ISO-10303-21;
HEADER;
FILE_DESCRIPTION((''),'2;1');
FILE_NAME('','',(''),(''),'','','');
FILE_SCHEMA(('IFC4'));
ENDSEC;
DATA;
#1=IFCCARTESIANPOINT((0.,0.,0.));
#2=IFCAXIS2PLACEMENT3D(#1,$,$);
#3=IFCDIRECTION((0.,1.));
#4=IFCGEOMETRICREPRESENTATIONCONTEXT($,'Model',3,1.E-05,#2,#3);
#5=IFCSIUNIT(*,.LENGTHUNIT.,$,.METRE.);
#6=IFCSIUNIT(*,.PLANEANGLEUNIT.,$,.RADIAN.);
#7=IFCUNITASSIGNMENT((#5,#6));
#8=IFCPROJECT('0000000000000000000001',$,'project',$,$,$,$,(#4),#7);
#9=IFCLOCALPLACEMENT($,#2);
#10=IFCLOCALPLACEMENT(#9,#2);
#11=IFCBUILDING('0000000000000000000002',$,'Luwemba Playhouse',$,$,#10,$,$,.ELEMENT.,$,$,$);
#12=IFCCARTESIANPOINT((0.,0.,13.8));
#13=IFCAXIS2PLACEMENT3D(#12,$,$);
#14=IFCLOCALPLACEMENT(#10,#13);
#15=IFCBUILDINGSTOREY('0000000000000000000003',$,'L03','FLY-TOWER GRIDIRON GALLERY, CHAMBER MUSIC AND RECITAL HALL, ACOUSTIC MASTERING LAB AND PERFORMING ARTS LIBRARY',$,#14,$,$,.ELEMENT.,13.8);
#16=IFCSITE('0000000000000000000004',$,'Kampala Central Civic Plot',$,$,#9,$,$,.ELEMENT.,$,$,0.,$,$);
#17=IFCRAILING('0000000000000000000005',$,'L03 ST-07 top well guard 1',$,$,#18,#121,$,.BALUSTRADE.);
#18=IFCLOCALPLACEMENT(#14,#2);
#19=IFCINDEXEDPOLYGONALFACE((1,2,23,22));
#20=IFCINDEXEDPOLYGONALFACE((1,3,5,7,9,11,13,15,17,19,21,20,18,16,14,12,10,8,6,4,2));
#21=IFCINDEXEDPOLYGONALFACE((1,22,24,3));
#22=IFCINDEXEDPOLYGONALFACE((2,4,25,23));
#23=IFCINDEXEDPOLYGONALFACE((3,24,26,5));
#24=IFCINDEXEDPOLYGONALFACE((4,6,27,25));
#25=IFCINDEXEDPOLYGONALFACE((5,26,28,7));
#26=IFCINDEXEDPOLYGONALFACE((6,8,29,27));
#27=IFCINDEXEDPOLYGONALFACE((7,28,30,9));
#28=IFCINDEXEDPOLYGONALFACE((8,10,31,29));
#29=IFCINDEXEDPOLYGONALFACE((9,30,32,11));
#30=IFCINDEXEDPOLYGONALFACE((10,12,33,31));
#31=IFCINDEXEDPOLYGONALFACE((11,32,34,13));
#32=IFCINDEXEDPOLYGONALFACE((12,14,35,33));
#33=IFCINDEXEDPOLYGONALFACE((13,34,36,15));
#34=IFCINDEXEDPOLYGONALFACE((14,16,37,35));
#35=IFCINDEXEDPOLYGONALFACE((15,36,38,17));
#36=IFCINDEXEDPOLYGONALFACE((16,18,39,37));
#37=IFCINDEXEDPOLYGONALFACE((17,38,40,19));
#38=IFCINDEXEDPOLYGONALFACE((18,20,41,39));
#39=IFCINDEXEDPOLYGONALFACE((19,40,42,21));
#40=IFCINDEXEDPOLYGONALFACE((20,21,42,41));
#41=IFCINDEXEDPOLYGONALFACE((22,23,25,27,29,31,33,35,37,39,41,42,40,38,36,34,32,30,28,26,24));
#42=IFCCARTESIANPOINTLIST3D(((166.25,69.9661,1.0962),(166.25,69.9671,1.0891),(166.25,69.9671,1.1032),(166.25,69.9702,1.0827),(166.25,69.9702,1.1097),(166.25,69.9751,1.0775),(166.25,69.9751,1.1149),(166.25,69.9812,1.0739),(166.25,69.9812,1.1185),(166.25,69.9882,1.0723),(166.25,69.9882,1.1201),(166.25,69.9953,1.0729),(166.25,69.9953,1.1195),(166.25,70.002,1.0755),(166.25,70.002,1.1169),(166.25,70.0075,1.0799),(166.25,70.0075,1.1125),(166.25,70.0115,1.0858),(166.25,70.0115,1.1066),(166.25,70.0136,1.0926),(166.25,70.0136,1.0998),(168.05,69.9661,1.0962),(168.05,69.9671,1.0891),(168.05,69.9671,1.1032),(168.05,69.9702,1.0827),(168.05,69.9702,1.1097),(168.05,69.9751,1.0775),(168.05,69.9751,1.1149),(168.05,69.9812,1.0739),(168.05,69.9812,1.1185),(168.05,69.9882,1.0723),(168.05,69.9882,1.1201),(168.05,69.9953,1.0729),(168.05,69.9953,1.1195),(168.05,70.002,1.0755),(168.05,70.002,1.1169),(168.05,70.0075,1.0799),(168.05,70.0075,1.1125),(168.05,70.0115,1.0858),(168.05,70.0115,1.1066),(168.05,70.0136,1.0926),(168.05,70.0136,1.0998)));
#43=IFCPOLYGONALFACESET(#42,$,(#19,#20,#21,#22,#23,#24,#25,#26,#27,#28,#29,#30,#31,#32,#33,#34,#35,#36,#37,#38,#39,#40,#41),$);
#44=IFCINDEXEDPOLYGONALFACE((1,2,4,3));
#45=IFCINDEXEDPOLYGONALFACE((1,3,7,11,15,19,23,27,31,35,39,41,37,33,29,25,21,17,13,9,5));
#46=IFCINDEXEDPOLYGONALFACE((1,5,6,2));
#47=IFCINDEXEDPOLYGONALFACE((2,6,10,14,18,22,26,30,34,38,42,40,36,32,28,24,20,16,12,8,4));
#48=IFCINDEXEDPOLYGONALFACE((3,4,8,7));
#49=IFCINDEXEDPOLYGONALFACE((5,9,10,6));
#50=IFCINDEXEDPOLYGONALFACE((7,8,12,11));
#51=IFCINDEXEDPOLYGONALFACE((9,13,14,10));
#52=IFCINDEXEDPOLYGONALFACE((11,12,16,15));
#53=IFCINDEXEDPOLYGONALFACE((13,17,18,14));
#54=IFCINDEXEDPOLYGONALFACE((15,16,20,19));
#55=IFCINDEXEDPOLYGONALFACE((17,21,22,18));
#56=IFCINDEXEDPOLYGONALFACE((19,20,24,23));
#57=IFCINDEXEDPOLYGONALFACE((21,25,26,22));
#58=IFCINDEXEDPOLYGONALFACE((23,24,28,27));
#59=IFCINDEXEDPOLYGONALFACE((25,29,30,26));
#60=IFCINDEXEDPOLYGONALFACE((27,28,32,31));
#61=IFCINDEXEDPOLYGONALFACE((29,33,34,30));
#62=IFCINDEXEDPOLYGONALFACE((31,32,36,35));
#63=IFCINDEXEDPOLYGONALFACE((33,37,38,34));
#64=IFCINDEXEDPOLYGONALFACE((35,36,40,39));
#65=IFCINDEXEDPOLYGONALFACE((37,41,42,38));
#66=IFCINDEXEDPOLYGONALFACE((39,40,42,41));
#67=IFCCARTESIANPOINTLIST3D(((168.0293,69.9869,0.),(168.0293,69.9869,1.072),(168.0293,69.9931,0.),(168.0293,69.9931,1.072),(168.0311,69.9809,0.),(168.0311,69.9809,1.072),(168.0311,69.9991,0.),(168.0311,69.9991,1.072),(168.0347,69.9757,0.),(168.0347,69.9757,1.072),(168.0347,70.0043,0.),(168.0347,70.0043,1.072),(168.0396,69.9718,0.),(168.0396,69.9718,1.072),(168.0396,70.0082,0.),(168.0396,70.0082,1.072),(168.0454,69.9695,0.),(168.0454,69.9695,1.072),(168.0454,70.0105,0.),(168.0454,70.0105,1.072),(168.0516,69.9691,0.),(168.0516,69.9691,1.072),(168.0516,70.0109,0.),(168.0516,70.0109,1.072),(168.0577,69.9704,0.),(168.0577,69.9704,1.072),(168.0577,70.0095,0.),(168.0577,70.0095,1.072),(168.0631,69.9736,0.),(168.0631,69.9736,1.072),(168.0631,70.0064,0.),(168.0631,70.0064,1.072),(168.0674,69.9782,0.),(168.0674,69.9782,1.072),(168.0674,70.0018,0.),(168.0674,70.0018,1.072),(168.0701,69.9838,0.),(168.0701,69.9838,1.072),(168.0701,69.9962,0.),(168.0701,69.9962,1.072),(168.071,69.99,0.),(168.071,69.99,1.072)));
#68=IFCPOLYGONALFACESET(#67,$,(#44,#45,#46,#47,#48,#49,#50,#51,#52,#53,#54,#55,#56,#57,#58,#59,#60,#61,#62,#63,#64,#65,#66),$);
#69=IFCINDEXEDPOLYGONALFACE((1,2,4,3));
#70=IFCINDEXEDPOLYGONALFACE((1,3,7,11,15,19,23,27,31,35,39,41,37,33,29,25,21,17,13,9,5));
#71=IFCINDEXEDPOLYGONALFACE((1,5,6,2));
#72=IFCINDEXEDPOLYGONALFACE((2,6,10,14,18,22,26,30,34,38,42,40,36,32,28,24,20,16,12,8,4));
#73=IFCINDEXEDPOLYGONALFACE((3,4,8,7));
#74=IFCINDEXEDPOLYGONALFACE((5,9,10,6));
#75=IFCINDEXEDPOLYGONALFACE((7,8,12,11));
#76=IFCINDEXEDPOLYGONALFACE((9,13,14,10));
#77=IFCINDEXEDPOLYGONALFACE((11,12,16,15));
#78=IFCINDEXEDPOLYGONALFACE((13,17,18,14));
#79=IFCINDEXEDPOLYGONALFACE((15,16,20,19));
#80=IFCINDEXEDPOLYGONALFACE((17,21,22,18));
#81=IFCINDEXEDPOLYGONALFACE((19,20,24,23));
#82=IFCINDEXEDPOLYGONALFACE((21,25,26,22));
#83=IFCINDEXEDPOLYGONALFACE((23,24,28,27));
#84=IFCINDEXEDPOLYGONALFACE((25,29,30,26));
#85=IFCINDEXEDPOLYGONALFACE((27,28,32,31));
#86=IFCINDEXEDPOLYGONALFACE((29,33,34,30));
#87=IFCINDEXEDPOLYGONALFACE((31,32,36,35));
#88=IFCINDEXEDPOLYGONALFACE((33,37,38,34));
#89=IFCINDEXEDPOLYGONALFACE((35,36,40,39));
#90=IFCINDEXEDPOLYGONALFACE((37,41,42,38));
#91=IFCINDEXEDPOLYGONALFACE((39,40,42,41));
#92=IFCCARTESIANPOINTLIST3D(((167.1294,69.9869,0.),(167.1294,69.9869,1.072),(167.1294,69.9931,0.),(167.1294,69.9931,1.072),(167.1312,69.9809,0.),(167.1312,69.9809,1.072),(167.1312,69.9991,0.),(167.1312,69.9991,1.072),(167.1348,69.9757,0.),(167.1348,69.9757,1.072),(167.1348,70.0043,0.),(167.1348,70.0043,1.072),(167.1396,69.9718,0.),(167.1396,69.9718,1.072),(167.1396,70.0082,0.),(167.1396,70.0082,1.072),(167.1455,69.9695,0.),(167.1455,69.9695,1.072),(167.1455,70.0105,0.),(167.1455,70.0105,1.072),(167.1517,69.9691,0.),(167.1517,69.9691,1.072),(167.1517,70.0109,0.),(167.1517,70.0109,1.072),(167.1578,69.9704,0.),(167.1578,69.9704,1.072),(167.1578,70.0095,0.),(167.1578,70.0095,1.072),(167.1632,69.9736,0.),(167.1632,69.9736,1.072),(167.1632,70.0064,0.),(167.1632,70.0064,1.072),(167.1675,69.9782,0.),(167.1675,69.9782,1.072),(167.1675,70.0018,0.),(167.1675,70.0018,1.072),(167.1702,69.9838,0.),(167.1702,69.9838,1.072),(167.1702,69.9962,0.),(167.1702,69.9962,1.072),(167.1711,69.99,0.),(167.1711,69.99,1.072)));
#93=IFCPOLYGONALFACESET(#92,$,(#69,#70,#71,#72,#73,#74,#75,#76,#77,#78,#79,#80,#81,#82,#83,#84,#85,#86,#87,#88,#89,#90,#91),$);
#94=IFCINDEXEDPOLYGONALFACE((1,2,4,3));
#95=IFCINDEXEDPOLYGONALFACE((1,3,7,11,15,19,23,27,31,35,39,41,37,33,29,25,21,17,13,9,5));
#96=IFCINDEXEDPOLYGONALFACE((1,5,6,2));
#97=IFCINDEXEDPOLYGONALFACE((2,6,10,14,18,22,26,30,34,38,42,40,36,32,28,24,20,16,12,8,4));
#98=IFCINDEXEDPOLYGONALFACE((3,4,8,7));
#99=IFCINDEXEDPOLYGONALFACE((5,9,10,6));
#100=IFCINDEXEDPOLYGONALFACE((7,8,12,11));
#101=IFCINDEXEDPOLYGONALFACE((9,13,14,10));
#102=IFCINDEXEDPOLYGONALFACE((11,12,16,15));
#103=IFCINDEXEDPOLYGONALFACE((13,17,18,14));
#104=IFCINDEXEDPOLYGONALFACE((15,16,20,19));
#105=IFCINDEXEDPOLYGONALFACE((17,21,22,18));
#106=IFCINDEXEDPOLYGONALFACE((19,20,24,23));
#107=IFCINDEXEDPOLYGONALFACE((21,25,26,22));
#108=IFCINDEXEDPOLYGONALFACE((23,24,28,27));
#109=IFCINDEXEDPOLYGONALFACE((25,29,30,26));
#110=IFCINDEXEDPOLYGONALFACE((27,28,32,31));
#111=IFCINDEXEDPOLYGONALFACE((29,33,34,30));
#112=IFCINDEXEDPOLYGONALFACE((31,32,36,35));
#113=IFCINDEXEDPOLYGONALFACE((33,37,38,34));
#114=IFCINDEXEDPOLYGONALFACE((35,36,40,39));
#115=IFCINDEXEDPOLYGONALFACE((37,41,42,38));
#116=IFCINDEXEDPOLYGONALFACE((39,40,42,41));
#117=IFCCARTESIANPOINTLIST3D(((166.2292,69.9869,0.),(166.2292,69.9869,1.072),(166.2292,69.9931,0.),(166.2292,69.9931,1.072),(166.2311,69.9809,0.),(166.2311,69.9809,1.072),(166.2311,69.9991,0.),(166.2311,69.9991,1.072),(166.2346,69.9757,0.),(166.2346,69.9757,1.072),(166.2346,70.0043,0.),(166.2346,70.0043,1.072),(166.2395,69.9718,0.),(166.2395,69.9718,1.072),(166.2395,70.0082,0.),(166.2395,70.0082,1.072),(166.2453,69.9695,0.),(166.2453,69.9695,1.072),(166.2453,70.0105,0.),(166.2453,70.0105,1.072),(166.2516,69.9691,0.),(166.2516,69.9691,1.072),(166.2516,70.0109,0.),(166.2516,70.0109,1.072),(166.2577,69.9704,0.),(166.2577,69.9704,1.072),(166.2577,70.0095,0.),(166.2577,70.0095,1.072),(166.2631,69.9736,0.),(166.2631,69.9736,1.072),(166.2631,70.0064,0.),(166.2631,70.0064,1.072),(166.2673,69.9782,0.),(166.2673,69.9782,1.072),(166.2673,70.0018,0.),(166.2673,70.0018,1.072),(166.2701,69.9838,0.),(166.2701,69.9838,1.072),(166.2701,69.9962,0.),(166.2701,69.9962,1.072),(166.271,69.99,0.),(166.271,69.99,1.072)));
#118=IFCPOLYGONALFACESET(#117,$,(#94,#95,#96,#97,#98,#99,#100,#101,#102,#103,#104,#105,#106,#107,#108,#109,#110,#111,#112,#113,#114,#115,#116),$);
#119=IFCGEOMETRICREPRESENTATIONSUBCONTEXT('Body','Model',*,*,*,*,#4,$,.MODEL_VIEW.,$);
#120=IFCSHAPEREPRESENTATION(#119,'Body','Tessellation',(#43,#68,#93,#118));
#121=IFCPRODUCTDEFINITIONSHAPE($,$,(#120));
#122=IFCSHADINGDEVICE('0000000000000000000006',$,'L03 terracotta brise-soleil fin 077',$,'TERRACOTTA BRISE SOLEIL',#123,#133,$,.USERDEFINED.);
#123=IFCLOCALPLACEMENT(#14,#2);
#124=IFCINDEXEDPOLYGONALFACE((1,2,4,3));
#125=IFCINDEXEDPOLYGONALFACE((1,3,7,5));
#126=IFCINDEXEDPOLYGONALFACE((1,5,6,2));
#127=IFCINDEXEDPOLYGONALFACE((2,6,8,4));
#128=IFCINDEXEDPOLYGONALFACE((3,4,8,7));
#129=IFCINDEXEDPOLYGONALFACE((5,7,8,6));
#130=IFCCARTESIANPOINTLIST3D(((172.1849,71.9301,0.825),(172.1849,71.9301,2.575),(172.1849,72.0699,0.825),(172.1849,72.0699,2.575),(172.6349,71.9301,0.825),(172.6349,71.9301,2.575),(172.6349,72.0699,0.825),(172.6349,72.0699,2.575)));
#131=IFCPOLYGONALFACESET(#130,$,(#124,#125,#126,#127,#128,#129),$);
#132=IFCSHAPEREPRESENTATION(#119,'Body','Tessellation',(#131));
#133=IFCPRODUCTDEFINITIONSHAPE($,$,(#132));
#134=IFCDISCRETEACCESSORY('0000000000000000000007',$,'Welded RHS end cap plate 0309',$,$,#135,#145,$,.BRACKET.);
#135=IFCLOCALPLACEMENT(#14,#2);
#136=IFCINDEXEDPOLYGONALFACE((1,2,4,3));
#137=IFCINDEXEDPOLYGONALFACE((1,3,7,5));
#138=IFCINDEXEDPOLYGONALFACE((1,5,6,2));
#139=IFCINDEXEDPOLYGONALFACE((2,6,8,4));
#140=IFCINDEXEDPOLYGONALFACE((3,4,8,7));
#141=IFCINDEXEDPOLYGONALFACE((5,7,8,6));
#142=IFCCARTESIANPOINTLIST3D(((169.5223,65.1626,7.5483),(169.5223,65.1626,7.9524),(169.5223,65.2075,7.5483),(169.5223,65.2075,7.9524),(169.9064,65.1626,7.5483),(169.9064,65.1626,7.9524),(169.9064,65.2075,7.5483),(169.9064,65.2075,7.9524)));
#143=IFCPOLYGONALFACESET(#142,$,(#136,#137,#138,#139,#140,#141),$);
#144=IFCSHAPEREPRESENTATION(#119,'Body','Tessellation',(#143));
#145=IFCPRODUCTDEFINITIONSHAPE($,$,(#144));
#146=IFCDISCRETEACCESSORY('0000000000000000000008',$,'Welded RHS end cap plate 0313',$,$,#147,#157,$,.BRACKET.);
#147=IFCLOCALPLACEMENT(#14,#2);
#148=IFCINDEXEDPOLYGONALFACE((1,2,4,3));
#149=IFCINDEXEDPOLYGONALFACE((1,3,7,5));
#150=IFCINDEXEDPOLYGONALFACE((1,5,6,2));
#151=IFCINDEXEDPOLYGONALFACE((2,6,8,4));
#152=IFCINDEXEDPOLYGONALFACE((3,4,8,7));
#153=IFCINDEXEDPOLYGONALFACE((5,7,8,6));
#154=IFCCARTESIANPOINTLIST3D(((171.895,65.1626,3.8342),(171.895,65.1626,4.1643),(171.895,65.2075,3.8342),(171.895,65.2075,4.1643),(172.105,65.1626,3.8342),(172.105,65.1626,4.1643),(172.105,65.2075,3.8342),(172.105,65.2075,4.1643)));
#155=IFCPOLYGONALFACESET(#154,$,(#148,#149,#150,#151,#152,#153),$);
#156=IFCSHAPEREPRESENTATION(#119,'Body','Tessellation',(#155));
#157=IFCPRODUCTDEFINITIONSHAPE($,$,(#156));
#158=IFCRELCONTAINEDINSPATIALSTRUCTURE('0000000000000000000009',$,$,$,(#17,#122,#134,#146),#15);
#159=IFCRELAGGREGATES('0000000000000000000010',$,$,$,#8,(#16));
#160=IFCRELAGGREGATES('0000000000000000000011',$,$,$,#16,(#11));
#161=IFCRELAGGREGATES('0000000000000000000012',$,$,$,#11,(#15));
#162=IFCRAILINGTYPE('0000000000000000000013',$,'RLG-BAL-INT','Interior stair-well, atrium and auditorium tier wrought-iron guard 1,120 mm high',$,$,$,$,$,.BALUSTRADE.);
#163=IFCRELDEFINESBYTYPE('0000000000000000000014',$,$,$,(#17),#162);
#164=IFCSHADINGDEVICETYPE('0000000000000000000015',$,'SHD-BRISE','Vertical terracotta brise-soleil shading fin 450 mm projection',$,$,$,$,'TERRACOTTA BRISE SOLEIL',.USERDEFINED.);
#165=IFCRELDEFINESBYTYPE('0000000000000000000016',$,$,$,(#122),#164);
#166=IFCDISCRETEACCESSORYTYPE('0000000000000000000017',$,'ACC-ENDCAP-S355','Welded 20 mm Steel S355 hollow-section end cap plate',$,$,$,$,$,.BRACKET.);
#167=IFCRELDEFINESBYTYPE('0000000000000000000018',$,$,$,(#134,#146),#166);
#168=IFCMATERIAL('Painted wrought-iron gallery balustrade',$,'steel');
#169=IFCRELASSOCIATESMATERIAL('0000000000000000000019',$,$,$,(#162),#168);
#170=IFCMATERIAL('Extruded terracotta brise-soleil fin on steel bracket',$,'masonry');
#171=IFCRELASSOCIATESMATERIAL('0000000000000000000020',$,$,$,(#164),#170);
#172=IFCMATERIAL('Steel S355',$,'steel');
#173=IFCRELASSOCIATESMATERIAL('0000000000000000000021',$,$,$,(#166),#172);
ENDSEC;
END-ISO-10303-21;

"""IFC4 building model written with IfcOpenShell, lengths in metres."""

from ifc_helpers import new_model, si_unit, direction, frame, origin, origin_2d, place, context, subcontext, project, spatial, rectangle, circle, extrude, material, type_object, element, save


model = new_model("IFC4")

# Units and contexts
model_context = context("Model", 3, precision=1e-05, world=origin(), true_north=direction((0.0, 1.0)))
body_context = subcontext(model_context, "Body", "Model", "MODEL_VIEW")
ifc_project = project(units=[si_unit("LENGTHUNIT", "METRE"), si_unit("PLANEANGLEUNIT", "RADIAN")], contexts=[model_context])

# Site, building, storey
site_placement = place(None, origin())
site = spatial("IfcSite", under=ifc_project, at=site_placement, Name="Kampala Central Civic Plot", CompositionType="ELEMENT", RefElevation=0.0)
building_placement = place(site_placement, origin())
building = spatial("IfcBuilding", under=site, at=building_placement, Name="Luwemba Playhouse", CompositionType="ELEMENT")
storey_placement = place(building_placement, frame((0.0, 0.0, 13.8)))
storey = spatial("IfcBuildingStorey", under=building, at=storey_placement, Name="L03", Description="FLY-TOWER GRIDIRON GALLERY, CHAMBER MUSIC AND RECITAL HALL, ACOUSTIC MASTERING LAB AND PERFORMING ARTS LIBRARY", CompositionType="ELEMENT", Elevation=13.8)

# Shared definitions
ifc_material_1 = material(Name="Steel S355", Category="steel")

# Railing
ifc_material_2 = material(Name="Painted wrought-iron gallery balustrade", Category="steel")
railing_type = type_object("IfcRailingType", Name="RLG-BAL-INT", Description="Interior stair-well, atrium and auditorium tier wrought-iron guard 1,120 mm high", PredefinedType="BALUSTRADE", material=ifc_material_2)
railing_placement = place(storey_placement, frame((168.05, 69.99, 0.0)))
element("IfcRailing", 1, at=railing_placement, inside=storey, type_object=railing_type, Name="L03 ST-07 top well guard 1", PredefinedType="BALUSTRADE", context=body_context, shape_type="SweptSolid", body=[
    extrude(circle(Radius=0.0239, at=origin_2d()), frame((0.0, 0.0, 1.0962), z_axis=(-1.0, 0.0, 0.0), x_axis=(0.0, -1.0, 0.0)), (0.0, 0.0, 1.0), 1.8),
    extrude(circle(Radius=0.021, at=origin_2d()), origin(), (0.0, 0.0, 1.0), 1.072),
    extrude(circle(Radius=0.021, at=origin_2d()), frame((-0.8999, 0.0, 0.0)), (0.0, 0.0, 1.0), 1.072),
    extrude(circle(Radius=0.021, at=origin_2d()), frame((-1.8, 0.0, 0.0)), (0.0, 0.0, 1.0), 1.072),
])

# Shading device
ifc_material_3 = material(Name="Extruded terracotta brise-soleil fin on steel bracket", Category="masonry")
shading_device_type = type_object("IfcShadingDeviceType", Name="SHD-BRISE", Description="Vertical terracotta brise-soleil shading fin 450 mm projection", ElementType="TERRACOTTA BRISE SOLEIL", PredefinedType="USERDEFINED", material=ifc_material_3)
shading_device_placement = place(storey_placement, frame((172.4099, 72.0, 0.825), z_axis=(0.0, 0.0, 1.0), x_axis=(0.0, -1.0, 0.0)))
element("IfcShadingDevice", 2, at=shading_device_placement, inside=storey, type_object=shading_device_type, Name="L03 terracotta brise-soleil fin 077", ObjectType="TERRACOTTA BRISE SOLEIL", PredefinedType="USERDEFINED", context=body_context, shape_type="SweptSolid", body=[
    extrude(rectangle(XDim=0.1399, YDim=0.45, at=origin_2d()), origin(), (0.0, 0.0, 1.0), 1.75),
])

# Discrete accessories
discrete_accessory_type = type_object("IfcDiscreteAccessoryType", Name="ACC-ENDCAP-S355", Description="Welded 20 mm Steel S355 hollow-section end cap plate", PredefinedType="BRACKET", material=ifc_material_1)
discrete_accessory_1_placement = place(storey_placement, frame((169.7144, 65.1851, 7.5483), z_axis=(0.0, 0.0, 1.0), x_axis=(1.0, 0.0, 0.0)))
element("IfcDiscreteAccessory", 3, at=discrete_accessory_1_placement, inside=storey, type_object=discrete_accessory_type, Name="Welded RHS end cap plate 0309", PredefinedType="BRACKET", context=body_context, shape_type="SweptSolid", body=[
    extrude(rectangle(XDim=0.384, YDim=0.0449, at=origin_2d()), origin(), (0.0, 0.0, 1.0), 0.4041),
])
discrete_accessory_2_placement = place(storey_placement, frame((172.0, 65.1851, 3.8342), z_axis=(0.0, 0.0, 1.0), x_axis=(1.0, 0.0, 0.0)))
element("IfcDiscreteAccessory", 4, at=discrete_accessory_2_placement, inside=storey, type_object=discrete_accessory_type, Name="Welded RHS end cap plate 0313", PredefinedType="BRACKET", context=body_context, shape_type="SweptSolid", body=[
    extrude(rectangle(XDim=0.21, YDim=0.0449, at=origin_2d()), origin(), (0.0, 0.0, 1.0), 0.3301),
])

save(model, "model.ifc")
